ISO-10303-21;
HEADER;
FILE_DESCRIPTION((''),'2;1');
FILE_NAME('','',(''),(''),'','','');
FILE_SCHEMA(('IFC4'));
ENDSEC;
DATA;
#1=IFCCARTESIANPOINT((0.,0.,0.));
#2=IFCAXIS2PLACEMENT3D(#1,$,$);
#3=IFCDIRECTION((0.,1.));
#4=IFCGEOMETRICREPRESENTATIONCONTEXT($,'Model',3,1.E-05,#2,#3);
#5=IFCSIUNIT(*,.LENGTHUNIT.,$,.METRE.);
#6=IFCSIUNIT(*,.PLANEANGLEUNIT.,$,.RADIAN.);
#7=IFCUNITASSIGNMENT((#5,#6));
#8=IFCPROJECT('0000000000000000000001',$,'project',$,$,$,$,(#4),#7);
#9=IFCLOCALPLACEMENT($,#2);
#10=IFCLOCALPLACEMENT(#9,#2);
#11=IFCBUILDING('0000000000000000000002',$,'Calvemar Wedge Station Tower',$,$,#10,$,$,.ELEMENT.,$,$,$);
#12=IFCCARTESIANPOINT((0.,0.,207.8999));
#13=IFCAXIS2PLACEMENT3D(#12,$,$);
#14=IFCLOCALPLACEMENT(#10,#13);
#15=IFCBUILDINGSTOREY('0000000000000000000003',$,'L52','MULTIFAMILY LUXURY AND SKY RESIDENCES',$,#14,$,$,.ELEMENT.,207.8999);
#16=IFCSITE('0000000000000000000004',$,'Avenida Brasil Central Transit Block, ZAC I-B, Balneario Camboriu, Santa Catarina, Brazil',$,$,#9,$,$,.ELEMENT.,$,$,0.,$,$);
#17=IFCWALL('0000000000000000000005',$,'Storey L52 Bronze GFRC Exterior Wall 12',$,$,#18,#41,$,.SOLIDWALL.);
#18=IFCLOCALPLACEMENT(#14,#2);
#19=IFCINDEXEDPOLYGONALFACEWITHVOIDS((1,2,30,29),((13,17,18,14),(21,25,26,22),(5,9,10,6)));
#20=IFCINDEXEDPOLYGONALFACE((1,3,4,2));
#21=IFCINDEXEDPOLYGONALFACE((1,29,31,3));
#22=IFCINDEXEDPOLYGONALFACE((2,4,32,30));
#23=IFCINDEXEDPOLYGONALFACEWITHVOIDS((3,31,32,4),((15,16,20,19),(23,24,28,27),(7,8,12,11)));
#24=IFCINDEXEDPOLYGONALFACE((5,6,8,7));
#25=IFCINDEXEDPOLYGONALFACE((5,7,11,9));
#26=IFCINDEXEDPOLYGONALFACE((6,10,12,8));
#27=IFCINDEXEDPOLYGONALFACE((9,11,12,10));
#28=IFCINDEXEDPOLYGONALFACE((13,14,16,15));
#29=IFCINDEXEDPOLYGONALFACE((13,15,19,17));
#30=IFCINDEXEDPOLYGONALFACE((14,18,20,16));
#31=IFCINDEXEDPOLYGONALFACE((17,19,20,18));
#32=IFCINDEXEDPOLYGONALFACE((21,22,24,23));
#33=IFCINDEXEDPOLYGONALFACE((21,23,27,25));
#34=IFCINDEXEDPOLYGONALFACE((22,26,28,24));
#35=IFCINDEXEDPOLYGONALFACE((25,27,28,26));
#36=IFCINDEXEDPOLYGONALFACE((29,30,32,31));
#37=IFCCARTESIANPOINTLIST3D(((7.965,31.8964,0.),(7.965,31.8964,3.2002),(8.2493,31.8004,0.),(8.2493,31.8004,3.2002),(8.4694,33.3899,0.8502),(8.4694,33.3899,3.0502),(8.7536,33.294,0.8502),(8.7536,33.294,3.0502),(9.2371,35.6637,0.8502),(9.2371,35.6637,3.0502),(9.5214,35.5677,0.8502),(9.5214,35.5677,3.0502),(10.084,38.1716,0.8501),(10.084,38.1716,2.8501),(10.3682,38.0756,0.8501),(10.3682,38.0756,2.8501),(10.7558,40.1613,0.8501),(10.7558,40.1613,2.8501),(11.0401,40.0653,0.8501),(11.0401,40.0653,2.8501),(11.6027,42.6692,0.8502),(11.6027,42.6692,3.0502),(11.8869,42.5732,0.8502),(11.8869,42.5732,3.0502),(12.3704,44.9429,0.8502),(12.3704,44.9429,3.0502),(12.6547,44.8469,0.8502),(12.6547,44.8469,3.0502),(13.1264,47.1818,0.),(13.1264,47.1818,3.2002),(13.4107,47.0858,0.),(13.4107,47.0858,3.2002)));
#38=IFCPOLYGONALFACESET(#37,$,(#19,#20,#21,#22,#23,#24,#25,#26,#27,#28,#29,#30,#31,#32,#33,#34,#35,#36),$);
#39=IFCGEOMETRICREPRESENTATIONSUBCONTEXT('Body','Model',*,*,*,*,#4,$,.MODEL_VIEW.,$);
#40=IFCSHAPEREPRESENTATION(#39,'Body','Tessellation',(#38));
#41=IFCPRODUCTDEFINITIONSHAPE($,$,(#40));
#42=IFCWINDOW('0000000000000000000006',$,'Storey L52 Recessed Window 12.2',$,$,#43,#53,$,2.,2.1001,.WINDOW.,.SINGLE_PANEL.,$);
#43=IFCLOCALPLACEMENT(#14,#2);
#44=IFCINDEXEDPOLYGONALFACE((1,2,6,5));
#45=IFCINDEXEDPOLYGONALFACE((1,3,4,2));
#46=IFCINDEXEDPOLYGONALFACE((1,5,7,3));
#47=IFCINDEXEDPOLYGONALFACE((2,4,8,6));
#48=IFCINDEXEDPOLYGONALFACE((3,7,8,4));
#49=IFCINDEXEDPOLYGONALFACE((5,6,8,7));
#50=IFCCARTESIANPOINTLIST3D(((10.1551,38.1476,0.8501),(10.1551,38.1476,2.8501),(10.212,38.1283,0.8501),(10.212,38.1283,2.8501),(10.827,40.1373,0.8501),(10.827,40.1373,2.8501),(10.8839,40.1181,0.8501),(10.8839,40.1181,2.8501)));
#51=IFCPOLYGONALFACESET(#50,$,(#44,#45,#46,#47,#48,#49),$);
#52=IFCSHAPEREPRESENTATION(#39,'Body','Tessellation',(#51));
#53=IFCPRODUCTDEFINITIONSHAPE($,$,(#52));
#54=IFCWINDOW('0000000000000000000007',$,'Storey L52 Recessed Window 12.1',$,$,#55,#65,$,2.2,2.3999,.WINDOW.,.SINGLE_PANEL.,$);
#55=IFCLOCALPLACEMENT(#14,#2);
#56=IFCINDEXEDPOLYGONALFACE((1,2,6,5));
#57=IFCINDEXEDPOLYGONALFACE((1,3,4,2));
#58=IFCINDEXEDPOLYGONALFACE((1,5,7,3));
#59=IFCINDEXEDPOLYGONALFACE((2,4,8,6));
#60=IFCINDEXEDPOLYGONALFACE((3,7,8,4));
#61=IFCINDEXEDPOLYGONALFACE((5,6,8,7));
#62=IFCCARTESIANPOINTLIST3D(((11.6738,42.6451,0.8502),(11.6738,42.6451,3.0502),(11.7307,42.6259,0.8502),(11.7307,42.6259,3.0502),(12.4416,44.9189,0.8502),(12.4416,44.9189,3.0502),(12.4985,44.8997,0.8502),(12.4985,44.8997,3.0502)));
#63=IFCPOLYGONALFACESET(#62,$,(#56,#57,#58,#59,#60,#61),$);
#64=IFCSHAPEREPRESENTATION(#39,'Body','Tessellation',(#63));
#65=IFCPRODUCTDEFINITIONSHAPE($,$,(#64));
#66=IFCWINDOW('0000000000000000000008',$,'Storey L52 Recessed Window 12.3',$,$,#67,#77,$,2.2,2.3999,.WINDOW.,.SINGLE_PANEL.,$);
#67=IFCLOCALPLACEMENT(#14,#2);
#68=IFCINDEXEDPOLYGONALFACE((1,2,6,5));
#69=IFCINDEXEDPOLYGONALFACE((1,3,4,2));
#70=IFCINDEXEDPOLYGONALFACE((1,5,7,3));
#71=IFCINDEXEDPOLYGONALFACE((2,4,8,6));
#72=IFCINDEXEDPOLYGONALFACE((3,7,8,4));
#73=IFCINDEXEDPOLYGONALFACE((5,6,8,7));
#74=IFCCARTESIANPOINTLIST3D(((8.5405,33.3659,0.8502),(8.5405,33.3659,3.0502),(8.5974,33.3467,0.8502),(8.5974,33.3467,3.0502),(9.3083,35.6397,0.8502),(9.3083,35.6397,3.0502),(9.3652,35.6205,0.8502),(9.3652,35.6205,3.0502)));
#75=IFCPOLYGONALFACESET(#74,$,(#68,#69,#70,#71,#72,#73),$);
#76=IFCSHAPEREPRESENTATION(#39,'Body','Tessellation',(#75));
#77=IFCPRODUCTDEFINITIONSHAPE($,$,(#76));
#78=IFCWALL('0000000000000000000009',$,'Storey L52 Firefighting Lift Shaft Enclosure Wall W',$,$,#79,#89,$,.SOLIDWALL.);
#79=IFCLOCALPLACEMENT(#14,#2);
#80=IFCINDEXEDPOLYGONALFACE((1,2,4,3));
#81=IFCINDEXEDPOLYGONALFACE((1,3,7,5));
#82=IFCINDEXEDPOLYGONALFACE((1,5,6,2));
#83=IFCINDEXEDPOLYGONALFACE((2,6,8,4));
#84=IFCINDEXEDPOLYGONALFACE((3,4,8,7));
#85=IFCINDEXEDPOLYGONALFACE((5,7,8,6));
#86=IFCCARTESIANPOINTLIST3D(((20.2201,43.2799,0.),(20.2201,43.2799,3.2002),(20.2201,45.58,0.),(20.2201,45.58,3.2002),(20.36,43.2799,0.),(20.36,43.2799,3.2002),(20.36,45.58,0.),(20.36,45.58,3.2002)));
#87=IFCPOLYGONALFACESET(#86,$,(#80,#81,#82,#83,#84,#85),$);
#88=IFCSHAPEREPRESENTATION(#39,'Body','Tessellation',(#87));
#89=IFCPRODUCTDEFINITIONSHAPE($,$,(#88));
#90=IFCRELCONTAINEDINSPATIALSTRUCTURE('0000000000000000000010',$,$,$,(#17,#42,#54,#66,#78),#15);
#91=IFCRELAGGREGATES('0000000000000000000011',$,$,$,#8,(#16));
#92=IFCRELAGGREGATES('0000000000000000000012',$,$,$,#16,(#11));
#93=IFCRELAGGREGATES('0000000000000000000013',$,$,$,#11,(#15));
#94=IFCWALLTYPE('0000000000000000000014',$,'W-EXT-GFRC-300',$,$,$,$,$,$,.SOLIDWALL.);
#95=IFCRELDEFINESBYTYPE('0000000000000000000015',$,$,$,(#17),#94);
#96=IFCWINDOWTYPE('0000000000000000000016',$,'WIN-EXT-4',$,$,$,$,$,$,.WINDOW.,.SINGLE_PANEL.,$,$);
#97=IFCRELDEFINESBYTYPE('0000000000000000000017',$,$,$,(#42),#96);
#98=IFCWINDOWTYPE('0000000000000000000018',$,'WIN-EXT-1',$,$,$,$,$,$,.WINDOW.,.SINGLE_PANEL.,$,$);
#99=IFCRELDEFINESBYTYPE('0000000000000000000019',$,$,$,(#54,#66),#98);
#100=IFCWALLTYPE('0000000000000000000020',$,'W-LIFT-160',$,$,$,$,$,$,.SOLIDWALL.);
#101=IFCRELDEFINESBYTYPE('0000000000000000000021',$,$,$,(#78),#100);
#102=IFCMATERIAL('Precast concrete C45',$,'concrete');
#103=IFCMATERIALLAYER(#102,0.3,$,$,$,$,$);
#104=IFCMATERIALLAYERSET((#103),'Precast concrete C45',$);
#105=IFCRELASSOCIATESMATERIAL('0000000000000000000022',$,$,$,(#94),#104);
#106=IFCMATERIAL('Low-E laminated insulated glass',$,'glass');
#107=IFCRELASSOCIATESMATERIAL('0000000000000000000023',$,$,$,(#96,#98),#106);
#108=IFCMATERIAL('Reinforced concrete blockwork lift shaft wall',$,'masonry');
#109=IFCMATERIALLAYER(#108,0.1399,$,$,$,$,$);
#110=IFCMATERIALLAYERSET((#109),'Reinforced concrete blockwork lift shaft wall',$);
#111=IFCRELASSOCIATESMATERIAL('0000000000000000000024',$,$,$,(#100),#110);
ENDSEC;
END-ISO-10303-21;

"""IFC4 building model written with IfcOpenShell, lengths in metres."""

from ifc_helpers import new_model, si_unit, direction, frame, frame_2d, origin, place, context, subcontext, project, spatial, rectangle, extrude, source, transform, mapped, material, layer, layer_set, type_object, element, fill, save


model = new_model("IFC4")

# Units and contexts
model_context = context("Model", 3, precision=1e-05, world=origin(), true_north=direction((0.0, 1.0)))
body_context = subcontext(model_context, "Body", "Model", "MODEL_VIEW")
ifc_project = project(units=[si_unit("LENGTHUNIT", "METRE"), si_unit("PLANEANGLEUNIT", "RADIAN")], contexts=[model_context])

# Site, building, storey
site_placement = place(None, origin())
site = spatial("IfcSite", under=ifc_project, at=site_placement, Name="Avenida Brasil Central Transit Block, ZAC I-B, Balneario Camboriu, Santa Catarina, Brazil", CompositionType="ELEMENT", RefElevation=0.0)
building_placement = place(site_placement, origin())
building = spatial("IfcBuilding", under=site, at=building_placement, Name="Calvemar Wedge Station Tower", CompositionType="ELEMENT")
storey_placement = place(building_placement, frame((0.0, 0.0, 207.8999)))
storey = spatial("IfcBuildingStorey", under=building, at=storey_placement, Name="L52", Description="MULTIFAMILY LUXURY AND SKY RESIDENCES", CompositionType="ELEMENT", Elevation=207.8999)

# Shared definitions
ifc_material_1 = material(Name="Precast concrete C45", Category="concrete")

# Shared definitions
ifc_layer_1 = layer(ifc_material_1, 0.3)
ifc_layer_set_1 = layer_set([ifc_layer_1], Name="Precast concrete C45")
wall_type_1 = type_object("IfcWallType", Name="W-EXT-GFRC-300", PredefinedType="SOLIDWALL", material=ifc_layer_set_1)
shared_shape_1 = source(origin(), body_context, "Body", "SweptSolid", [
    extrude(rectangle(XDim=2.1001, YDim=2.0, at=frame_2d((1.05, 1.0))), frame((0.0, 0.1602, 0.0), z_axis=(0.0, -1.0, 0.0), x_axis=(1.0, 0.0, 0.0)), (0.0, 0.0, 1.0), 0.3201),
])
ifc_material_2 = material(Name="Low-E laminated insulated glass", Category="glass")
window_type_1 = type_object("IfcWindowType", Name="WIN-EXT-4", PartitioningType="SINGLE_PANEL", PredefinedType="WINDOW", material=ifc_material_2)
shared_shape_2 = source(origin(), body_context, "Body", "SweptSolid", [
    extrude(rectangle(XDim=2.1001, YDim=2.0, at=frame_2d((1.05, 1.0))), frame((0.0, -0.0149, 0.0), z_axis=(0.0, -1.0, 0.0), x_axis=(1.0, 0.0, 0.0)), (0.0, 0.0, 1.0), 0.0601),
])

# Wall, openings, windows
wall_1_placement = place(storey_placement, frame((13.2686, 47.1338, 0.0), z_axis=(0.0, 0.0, 1.0), x_axis=(-0.319921, -0.947444, 0.0)))
wall_1 = element("IfcWall", 1, at=wall_1_placement, inside=storey, type_object=wall_type_1, Name="Storey L52 Bronze GFRC Exterior Wall 12", PredefinedType="SOLIDWALL", context=body_context, shape_type="SweptSolid", body=[
    extrude(rectangle(XDim=16.1333, YDim=0.3, at=frame_2d((8.0667, 0.0))), origin(), (0.0, 0.0, 1.0), 3.2002),
])
shared_shape_3 = source(origin(), body_context, "Body", "SweptSolid", [
    extrude(rectangle(XDim=2.3999, YDim=2.2, at=frame_2d((1.2, 1.1001))), frame((0.0, 0.1602, 0.0), z_axis=(0.0, -1.0, 0.0), x_axis=(1.0, 0.0, 0.0)), (0.0, 0.0, 1.0), 0.3201),
])
opening_1_placement = place(wall_1_placement, frame((2.363, 0.0, 0.8501)))
opening_1 = element("IfcOpeningElement", 2, at=opening_1_placement, cuts=wall_1, PredefinedType="OPENING", context=body_context, shape_type="MappedRepresentation", body=[
    mapped(shared_shape_3, transform((0.0, 0.0, 0.0), scale=1.0)),
])
opening_2_placement = place(wall_1_placement, frame((7.4099, 0.0, 0.8501)))
opening_2 = element("IfcOpeningElement", 3, at=opening_2_placement, cuts=wall_1, PredefinedType="OPENING", context=body_context, shape_type="MappedRepresentation", body=[
    mapped(shared_shape_1, transform((0.0, 0.0, 0.0), scale=1.0)),
])
opening_3_placement = place(wall_1_placement, frame((12.157, 0.0, 0.8501)))
opening_3 = element("IfcOpeningElement", 4, at=opening_3_placement, cuts=wall_1, PredefinedType="OPENING", context=body_context, shape_type="MappedRepresentation", body=[
    mapped(shared_shape_3, transform((0.0, 0.0, 0.0), scale=1.0)),
])
window_1_placement = place(opening_2_placement, origin())
window_1 = element("IfcWindow", 5, at=window_1_placement, inside=storey, type_object=window_type_1, Name="Storey L52 Recessed Window 12.2", OverallHeight=2.0, OverallWidth=2.1001, PartitioningType="SINGLE_PANEL", PredefinedType="WINDOW", context=body_context, shape_type="MappedRepresentation", body=[
    mapped(shared_shape_2, transform((0.0, 0.0, 0.0), scale=1.0)),
])
fill(opening_2, window_1)
window_type_2 = type_object("IfcWindowType", Name="WIN-EXT-1", PartitioningType="SINGLE_PANEL", PredefinedType="WINDOW", material=ifc_material_2)
shared_shape_4 = source(origin(), body_context, "Body", "SweptSolid", [
    extrude(rectangle(XDim=2.3999, YDim=2.2, at=frame_2d((1.2, 1.1001))), frame((0.0, -0.0149, 0.0), z_axis=(0.0, -1.0, 0.0), x_axis=(1.0, 0.0, 0.0)), (0.0, 0.0, 1.0), 0.0601),
])
window_2_placement = place(opening_1_placement, origin())
window_2 = element("IfcWindow", 6, at=window_2_placement, inside=storey, type_object=window_type_2, Name="Storey L52 Recessed Window 12.1", OverallHeight=2.2, OverallWidth=2.3999, PartitioningType="SINGLE_PANEL", PredefinedType="WINDOW", context=body_context, shape_type="MappedRepresentation", body=[
    mapped(shared_shape_4, transform((0.0, 0.0, 0.0), scale=1.0)),
])
fill(opening_1, window_2)
window_3_placement = place(opening_3_placement, origin())
window_3 = element("IfcWindow", 7, at=window_3_placement, inside=storey, type_object=window_type_2, Name="Storey L52 Recessed Window 12.3", OverallHeight=2.2, OverallWidth=2.3999, PartitioningType="SINGLE_PANEL", PredefinedType="WINDOW", context=body_context, shape_type="MappedRepresentation", body=[
    mapped(shared_shape_4, transform((0.0, 0.0, 0.0), scale=1.0)),
])
fill(opening_3, window_3)

# Shared definitions
ifc_material_3 = material(Name="Reinforced concrete blockwork lift shaft wall", Category="masonry")
ifc_layer_2 = layer(ifc_material_3, 0.1399)
ifc_layer_set_2 = layer_set([ifc_layer_2], Name="Reinforced concrete blockwork lift shaft wall")
wall_type_2 = type_object("IfcWallType", Name="W-LIFT-160", PredefinedType="SOLIDWALL", material=ifc_layer_set_2)

# Wall
wall_2_placement = place(storey_placement, frame((20.29, 43.28, 0.0), z_axis=(0.0, 0.0, 1.0), x_axis=(0.0, 1.0, 0.0)))
element("IfcWall", 8, at=wall_2_placement, inside=storey, type_object=wall_type_2, Name="Storey L52 Firefighting Lift Shaft Enclosure Wall W", PredefinedType="SOLIDWALL", context=body_context, shape_type="SweptSolid", body=[
    extrude(rectangle(XDim=2.3, YDim=0.1399, at=frame_2d((1.1499, 0.0))), origin(), (0.0, 0.0, 1.0), 3.2002),
])

save(model, "model.ifc")
